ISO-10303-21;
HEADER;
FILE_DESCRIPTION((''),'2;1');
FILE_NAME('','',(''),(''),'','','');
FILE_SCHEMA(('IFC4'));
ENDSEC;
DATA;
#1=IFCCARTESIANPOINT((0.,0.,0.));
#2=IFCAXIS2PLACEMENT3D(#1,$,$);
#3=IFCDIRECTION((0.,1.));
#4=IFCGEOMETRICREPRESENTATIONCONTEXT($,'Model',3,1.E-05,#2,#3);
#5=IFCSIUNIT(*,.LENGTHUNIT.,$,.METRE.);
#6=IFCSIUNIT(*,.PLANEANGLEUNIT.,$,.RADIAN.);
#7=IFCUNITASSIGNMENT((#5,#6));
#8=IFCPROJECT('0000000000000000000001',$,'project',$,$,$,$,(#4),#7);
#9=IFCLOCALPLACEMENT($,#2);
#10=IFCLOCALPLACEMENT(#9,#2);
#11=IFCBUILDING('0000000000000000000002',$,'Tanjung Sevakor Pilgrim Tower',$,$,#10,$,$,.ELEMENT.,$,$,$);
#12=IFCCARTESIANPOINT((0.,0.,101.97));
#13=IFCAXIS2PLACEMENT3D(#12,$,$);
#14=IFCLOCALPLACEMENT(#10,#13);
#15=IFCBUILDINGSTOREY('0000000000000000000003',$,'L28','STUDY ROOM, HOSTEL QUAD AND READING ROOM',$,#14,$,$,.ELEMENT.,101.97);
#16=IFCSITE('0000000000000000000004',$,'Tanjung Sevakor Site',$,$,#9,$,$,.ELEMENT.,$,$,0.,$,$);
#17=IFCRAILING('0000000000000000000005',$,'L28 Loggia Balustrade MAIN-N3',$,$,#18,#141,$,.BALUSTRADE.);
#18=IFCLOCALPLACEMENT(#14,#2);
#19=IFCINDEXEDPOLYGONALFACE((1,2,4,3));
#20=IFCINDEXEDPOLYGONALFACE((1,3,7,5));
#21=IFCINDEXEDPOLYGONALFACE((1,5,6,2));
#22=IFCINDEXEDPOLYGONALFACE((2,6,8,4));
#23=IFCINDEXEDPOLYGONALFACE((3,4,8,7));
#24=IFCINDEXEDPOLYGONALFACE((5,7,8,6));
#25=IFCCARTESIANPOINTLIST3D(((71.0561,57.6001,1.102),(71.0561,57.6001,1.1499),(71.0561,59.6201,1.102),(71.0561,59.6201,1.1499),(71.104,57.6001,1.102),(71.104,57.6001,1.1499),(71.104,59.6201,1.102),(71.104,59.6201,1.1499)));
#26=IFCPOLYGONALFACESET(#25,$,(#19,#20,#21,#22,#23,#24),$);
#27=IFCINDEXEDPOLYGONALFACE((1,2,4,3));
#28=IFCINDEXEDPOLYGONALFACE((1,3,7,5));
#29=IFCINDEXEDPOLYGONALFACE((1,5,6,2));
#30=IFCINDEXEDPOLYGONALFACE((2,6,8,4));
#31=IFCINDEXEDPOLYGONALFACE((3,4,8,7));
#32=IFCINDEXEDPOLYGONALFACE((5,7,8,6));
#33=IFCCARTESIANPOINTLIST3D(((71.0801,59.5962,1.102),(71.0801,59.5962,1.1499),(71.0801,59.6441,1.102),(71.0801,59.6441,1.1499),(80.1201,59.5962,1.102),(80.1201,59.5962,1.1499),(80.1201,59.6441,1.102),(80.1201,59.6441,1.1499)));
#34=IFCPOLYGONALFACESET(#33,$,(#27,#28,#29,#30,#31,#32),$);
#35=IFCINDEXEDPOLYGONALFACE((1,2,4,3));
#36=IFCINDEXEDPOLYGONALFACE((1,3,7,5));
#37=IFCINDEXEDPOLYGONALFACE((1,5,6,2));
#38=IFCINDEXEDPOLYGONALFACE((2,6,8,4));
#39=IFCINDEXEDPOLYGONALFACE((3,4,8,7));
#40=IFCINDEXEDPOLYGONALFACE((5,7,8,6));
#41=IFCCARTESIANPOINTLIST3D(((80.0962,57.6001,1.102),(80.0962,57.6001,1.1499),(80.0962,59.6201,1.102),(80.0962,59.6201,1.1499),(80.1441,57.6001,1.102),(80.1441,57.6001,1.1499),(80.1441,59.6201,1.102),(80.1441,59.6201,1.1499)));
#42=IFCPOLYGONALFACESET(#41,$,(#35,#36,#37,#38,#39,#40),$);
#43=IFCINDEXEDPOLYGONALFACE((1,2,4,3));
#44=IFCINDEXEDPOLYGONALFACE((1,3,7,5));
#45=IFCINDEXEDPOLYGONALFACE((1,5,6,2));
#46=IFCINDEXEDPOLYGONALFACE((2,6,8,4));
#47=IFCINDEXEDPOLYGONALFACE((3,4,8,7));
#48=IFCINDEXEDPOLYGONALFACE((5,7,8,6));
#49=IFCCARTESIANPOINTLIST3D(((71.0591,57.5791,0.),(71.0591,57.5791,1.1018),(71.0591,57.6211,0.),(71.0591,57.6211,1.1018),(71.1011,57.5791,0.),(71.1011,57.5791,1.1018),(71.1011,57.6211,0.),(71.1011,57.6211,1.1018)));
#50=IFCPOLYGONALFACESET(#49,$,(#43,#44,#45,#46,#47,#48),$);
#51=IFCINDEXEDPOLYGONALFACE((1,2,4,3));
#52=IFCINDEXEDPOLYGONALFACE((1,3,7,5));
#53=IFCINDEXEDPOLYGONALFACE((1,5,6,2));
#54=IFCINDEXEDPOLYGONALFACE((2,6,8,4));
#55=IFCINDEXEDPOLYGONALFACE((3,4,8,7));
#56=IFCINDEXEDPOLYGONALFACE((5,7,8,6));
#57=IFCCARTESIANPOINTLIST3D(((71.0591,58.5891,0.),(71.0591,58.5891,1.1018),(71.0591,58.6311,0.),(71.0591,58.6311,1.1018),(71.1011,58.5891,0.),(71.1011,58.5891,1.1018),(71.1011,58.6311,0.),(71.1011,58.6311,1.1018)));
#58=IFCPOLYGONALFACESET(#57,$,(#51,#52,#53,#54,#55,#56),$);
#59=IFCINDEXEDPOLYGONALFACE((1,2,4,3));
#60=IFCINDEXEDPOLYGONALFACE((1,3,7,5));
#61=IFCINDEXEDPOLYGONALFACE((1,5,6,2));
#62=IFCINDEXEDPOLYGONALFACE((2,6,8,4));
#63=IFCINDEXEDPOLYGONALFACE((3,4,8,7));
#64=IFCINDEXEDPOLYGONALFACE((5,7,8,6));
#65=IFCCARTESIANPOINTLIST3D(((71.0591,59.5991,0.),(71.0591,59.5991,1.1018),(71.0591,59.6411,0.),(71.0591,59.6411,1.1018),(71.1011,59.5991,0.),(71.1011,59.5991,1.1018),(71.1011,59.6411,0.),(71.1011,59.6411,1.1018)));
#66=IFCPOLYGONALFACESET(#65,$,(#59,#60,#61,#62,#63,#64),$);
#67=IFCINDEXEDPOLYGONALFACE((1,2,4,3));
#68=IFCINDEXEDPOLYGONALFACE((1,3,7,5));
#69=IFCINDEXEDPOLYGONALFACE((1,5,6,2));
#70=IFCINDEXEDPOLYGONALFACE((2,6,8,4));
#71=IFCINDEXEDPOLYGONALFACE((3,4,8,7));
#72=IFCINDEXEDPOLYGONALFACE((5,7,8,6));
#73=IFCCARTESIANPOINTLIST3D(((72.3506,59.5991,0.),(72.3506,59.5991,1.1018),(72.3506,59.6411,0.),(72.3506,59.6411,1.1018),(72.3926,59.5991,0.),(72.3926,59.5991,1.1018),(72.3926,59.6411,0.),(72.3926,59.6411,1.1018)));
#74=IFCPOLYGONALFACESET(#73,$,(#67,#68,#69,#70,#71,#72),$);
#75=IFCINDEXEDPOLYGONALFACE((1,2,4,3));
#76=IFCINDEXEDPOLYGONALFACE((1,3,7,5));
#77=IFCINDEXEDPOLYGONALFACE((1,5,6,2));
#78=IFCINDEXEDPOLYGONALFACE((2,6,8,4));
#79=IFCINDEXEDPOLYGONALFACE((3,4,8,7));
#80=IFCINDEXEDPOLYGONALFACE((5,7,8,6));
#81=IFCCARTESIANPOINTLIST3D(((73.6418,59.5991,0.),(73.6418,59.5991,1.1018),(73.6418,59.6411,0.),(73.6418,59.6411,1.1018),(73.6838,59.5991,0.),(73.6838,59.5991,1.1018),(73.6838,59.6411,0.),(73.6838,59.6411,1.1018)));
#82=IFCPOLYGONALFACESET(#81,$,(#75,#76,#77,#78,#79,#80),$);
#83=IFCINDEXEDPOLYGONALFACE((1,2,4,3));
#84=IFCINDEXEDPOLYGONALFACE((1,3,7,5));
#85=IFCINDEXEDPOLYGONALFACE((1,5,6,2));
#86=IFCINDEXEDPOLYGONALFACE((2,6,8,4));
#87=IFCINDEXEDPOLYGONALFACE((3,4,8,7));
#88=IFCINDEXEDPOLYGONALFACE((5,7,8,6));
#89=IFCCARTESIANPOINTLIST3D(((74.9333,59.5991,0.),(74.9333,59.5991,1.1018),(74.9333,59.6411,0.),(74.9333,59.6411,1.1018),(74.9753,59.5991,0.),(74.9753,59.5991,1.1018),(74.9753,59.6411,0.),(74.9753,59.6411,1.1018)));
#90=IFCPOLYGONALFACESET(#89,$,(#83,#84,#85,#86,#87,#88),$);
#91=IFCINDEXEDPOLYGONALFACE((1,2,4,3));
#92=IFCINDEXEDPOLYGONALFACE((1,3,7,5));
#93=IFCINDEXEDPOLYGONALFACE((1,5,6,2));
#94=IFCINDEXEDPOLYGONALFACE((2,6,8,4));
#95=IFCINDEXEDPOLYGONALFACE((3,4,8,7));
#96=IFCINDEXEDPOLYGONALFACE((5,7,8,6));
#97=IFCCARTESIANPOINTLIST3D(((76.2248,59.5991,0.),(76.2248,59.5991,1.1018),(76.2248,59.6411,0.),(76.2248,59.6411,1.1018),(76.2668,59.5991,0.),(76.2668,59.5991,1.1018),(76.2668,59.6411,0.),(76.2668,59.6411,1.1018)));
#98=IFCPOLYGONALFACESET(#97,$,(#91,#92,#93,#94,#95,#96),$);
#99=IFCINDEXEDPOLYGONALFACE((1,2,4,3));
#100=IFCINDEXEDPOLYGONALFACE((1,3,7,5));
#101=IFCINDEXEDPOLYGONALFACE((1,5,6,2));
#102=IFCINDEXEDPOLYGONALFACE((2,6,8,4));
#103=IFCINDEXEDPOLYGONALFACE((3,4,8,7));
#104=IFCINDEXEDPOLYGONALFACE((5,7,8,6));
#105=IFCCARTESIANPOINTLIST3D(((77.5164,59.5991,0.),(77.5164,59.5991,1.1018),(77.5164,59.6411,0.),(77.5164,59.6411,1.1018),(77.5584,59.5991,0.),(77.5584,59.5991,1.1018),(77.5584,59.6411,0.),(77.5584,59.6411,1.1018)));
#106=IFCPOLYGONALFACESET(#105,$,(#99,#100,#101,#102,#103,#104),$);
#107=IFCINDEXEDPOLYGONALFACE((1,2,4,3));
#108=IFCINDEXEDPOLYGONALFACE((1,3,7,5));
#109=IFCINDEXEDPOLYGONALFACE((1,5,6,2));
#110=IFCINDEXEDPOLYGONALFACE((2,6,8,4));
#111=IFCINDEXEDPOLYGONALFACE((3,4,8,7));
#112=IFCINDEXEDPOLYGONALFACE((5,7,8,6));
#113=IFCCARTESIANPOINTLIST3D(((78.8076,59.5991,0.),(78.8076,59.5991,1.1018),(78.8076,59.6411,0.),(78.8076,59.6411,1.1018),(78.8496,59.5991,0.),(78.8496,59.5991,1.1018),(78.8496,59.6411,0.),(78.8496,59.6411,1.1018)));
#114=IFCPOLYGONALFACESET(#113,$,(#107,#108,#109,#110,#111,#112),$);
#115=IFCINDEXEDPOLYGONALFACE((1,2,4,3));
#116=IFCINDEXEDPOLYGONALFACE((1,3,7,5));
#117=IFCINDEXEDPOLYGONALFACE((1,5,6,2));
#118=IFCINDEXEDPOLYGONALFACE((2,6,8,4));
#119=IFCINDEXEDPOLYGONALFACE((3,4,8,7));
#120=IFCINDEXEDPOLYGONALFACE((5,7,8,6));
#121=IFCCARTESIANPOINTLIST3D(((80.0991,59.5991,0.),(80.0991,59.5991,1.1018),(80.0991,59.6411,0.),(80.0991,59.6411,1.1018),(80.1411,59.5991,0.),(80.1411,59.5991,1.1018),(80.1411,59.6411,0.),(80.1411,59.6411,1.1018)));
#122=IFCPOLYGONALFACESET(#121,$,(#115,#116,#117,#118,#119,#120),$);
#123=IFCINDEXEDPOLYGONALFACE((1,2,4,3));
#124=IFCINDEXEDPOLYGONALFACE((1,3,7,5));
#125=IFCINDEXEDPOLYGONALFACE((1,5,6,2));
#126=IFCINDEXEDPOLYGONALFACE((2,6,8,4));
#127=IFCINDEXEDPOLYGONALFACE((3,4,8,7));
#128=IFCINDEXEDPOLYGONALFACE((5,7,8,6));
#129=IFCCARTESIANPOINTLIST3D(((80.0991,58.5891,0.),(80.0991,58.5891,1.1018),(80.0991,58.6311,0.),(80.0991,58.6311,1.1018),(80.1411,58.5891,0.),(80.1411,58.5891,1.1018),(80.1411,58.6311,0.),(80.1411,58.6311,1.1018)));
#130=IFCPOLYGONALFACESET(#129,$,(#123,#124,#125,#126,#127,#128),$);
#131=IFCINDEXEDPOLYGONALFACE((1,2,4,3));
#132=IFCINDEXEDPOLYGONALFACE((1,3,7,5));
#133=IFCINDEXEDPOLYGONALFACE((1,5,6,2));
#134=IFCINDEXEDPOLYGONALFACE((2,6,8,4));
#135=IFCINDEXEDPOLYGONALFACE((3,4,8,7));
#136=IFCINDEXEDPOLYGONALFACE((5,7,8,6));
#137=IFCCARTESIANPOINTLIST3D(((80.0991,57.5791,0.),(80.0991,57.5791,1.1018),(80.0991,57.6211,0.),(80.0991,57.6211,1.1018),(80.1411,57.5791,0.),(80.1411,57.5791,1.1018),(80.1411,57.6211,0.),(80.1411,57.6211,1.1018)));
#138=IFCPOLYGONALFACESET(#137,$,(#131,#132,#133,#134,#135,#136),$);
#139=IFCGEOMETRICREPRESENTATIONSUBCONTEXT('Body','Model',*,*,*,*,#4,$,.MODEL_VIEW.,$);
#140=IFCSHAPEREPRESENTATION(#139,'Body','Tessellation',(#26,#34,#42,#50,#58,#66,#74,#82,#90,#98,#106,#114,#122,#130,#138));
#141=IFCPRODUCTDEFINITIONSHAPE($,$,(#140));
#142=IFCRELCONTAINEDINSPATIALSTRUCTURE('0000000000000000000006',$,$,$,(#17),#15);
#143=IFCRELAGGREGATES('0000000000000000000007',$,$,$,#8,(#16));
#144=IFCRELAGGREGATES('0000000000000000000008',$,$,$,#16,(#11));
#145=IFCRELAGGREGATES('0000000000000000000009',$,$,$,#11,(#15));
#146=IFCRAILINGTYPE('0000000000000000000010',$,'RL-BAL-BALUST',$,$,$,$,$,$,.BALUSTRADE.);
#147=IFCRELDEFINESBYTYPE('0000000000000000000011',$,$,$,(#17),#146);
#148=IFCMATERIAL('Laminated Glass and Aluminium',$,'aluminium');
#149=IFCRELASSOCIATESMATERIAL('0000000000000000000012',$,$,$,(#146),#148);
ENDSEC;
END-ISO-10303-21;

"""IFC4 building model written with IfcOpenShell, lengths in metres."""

from ifc_helpers import new_model, si_unit, direction, frame, origin, place, context, subcontext, project, spatial, rectangle, extrude, material, type_object, element, save


model = new_model("IFC4")

# Units and contexts
model_context = context("Model", 3, precision=1e-05, world=origin(), true_north=direction((0.0, 1.0)))
body_context = subcontext(model_context, "Body", "Model", "MODEL_VIEW")
ifc_project = project(units=[si_unit("LENGTHUNIT", "METRE"), si_unit("PLANEANGLEUNIT", "RADIAN")], contexts=[model_context])

# Site, building, storey
site_placement = place(None, origin())
site = spatial("IfcSite", under=ifc_project, at=site_placement, Name="Tanjung Sevakor Site", CompositionType="ELEMENT", RefElevation=0.0)
building_placement = place(site_placement, origin())
building = spatial("IfcBuilding", under=site, at=building_placement, Name="Tanjung Sevakor Pilgrim Tower", CompositionType="ELEMENT")
storey_placement = place(building_placement, frame((0.0, 0.0, 101.97)))
storey = spatial("IfcBuildingStorey", under=building, at=storey_placement, Name="L28", Description="STUDY ROOM, HOSTEL QUAD AND READING ROOM", CompositionType="ELEMENT", Elevation=101.97)

# Railing
ifc_material_1 = material(Name="Laminated Glass and Aluminium", Category="aluminium")
railing_type = type_object("IfcRailingType", Name="RL-BAL-BALUST", PredefinedType="BALUSTRADE", material=ifc_material_1)
railing_placement = place(storey_placement, frame((71.0801, 57.6001, 0.0)))
element("IfcRailing", 1, at=railing_placement, inside=storey, type_object=railing_type, Name="L28 Loggia Balustrade MAIN-N3", PredefinedType="BALUSTRADE", context=body_context, shape_type="SweptSolid", body=[
    extrude(rectangle(XDim=0.0479, YDim=0.0479), frame((0.0, 0.0, 1.126), z_axis=(0.0, 1.0, 0.0), x_axis=(-1.0, 0.0, 0.0)), (0.0, 0.0, 1.0), 2.02),
    extrude(rectangle(XDim=0.0479, YDim=0.0479), frame((0.0, 2.02, 1.126), z_axis=(1.0, 0.0, 0.0), x_axis=(0.0, 1.0, 0.0)), (0.0, 0.0, 1.0), 9.04),
    extrude(rectangle(XDim=0.0479, YDim=0.0479), frame((9.04, 2.02, 1.126), z_axis=(0.0, -1.0, 0.0), x_axis=(1.0, 0.0, 0.0)), (0.0, 0.0, 1.0), 2.02),
    extrude(rectangle(XDim=0.042, YDim=0.042), origin(), (0.0, 0.0, 1.0), 1.1018),
    extrude(rectangle(XDim=0.042, YDim=0.042), frame((0.0, 1.01, 0.0)), (0.0, 0.0, 1.0), 1.1018),
    extrude(rectangle(XDim=0.042, YDim=0.042), frame((0.0, 2.02, 0.0)), (0.0, 0.0, 1.0), 1.1018),
    extrude(rectangle(XDim=0.042, YDim=0.042), frame((1.2915, 2.02, 0.0)), (0.0, 0.0, 1.0), 1.1018),
    extrude(rectangle(XDim=0.042, YDim=0.042), frame((2.5828, 2.02, 0.0)), (0.0, 0.0, 1.0), 1.1018),
    extrude(rectangle(XDim=0.042, YDim=0.042), frame((3.8743, 2.02, 0.0)), (0.0, 0.0, 1.0), 1.1018),
    extrude(rectangle(XDim=0.042, YDim=0.042), frame((5.1658, 2.02, 0.0)), (0.0, 0.0, 1.0), 1.1018),
    extrude(rectangle(XDim=0.042, YDim=0.042), frame((6.4573, 2.02, 0.0)), (0.0, 0.0, 1.0), 1.1018),
    extrude(rectangle(XDim=0.042, YDim=0.042), frame((7.7485, 2.02, 0.0)), (0.0, 0.0, 1.0), 1.1018),
    extrude(rectangle(XDim=0.042, YDim=0.042), frame((9.04, 2.02, 0.0)), (0.0, 0.0, 1.0), 1.1018),
    extrude(rectangle(XDim=0.042, YDim=0.042), frame((9.04, 1.01, 0.0)), (0.0, 0.0, 1.0), 1.1018),
    extrude(rectangle(XDim=0.042, YDim=0.042), frame((9.04, 0.0, 0.0)), (0.0, 0.0, 1.0), 1.1018),
])

save(model, "model.ifc")
